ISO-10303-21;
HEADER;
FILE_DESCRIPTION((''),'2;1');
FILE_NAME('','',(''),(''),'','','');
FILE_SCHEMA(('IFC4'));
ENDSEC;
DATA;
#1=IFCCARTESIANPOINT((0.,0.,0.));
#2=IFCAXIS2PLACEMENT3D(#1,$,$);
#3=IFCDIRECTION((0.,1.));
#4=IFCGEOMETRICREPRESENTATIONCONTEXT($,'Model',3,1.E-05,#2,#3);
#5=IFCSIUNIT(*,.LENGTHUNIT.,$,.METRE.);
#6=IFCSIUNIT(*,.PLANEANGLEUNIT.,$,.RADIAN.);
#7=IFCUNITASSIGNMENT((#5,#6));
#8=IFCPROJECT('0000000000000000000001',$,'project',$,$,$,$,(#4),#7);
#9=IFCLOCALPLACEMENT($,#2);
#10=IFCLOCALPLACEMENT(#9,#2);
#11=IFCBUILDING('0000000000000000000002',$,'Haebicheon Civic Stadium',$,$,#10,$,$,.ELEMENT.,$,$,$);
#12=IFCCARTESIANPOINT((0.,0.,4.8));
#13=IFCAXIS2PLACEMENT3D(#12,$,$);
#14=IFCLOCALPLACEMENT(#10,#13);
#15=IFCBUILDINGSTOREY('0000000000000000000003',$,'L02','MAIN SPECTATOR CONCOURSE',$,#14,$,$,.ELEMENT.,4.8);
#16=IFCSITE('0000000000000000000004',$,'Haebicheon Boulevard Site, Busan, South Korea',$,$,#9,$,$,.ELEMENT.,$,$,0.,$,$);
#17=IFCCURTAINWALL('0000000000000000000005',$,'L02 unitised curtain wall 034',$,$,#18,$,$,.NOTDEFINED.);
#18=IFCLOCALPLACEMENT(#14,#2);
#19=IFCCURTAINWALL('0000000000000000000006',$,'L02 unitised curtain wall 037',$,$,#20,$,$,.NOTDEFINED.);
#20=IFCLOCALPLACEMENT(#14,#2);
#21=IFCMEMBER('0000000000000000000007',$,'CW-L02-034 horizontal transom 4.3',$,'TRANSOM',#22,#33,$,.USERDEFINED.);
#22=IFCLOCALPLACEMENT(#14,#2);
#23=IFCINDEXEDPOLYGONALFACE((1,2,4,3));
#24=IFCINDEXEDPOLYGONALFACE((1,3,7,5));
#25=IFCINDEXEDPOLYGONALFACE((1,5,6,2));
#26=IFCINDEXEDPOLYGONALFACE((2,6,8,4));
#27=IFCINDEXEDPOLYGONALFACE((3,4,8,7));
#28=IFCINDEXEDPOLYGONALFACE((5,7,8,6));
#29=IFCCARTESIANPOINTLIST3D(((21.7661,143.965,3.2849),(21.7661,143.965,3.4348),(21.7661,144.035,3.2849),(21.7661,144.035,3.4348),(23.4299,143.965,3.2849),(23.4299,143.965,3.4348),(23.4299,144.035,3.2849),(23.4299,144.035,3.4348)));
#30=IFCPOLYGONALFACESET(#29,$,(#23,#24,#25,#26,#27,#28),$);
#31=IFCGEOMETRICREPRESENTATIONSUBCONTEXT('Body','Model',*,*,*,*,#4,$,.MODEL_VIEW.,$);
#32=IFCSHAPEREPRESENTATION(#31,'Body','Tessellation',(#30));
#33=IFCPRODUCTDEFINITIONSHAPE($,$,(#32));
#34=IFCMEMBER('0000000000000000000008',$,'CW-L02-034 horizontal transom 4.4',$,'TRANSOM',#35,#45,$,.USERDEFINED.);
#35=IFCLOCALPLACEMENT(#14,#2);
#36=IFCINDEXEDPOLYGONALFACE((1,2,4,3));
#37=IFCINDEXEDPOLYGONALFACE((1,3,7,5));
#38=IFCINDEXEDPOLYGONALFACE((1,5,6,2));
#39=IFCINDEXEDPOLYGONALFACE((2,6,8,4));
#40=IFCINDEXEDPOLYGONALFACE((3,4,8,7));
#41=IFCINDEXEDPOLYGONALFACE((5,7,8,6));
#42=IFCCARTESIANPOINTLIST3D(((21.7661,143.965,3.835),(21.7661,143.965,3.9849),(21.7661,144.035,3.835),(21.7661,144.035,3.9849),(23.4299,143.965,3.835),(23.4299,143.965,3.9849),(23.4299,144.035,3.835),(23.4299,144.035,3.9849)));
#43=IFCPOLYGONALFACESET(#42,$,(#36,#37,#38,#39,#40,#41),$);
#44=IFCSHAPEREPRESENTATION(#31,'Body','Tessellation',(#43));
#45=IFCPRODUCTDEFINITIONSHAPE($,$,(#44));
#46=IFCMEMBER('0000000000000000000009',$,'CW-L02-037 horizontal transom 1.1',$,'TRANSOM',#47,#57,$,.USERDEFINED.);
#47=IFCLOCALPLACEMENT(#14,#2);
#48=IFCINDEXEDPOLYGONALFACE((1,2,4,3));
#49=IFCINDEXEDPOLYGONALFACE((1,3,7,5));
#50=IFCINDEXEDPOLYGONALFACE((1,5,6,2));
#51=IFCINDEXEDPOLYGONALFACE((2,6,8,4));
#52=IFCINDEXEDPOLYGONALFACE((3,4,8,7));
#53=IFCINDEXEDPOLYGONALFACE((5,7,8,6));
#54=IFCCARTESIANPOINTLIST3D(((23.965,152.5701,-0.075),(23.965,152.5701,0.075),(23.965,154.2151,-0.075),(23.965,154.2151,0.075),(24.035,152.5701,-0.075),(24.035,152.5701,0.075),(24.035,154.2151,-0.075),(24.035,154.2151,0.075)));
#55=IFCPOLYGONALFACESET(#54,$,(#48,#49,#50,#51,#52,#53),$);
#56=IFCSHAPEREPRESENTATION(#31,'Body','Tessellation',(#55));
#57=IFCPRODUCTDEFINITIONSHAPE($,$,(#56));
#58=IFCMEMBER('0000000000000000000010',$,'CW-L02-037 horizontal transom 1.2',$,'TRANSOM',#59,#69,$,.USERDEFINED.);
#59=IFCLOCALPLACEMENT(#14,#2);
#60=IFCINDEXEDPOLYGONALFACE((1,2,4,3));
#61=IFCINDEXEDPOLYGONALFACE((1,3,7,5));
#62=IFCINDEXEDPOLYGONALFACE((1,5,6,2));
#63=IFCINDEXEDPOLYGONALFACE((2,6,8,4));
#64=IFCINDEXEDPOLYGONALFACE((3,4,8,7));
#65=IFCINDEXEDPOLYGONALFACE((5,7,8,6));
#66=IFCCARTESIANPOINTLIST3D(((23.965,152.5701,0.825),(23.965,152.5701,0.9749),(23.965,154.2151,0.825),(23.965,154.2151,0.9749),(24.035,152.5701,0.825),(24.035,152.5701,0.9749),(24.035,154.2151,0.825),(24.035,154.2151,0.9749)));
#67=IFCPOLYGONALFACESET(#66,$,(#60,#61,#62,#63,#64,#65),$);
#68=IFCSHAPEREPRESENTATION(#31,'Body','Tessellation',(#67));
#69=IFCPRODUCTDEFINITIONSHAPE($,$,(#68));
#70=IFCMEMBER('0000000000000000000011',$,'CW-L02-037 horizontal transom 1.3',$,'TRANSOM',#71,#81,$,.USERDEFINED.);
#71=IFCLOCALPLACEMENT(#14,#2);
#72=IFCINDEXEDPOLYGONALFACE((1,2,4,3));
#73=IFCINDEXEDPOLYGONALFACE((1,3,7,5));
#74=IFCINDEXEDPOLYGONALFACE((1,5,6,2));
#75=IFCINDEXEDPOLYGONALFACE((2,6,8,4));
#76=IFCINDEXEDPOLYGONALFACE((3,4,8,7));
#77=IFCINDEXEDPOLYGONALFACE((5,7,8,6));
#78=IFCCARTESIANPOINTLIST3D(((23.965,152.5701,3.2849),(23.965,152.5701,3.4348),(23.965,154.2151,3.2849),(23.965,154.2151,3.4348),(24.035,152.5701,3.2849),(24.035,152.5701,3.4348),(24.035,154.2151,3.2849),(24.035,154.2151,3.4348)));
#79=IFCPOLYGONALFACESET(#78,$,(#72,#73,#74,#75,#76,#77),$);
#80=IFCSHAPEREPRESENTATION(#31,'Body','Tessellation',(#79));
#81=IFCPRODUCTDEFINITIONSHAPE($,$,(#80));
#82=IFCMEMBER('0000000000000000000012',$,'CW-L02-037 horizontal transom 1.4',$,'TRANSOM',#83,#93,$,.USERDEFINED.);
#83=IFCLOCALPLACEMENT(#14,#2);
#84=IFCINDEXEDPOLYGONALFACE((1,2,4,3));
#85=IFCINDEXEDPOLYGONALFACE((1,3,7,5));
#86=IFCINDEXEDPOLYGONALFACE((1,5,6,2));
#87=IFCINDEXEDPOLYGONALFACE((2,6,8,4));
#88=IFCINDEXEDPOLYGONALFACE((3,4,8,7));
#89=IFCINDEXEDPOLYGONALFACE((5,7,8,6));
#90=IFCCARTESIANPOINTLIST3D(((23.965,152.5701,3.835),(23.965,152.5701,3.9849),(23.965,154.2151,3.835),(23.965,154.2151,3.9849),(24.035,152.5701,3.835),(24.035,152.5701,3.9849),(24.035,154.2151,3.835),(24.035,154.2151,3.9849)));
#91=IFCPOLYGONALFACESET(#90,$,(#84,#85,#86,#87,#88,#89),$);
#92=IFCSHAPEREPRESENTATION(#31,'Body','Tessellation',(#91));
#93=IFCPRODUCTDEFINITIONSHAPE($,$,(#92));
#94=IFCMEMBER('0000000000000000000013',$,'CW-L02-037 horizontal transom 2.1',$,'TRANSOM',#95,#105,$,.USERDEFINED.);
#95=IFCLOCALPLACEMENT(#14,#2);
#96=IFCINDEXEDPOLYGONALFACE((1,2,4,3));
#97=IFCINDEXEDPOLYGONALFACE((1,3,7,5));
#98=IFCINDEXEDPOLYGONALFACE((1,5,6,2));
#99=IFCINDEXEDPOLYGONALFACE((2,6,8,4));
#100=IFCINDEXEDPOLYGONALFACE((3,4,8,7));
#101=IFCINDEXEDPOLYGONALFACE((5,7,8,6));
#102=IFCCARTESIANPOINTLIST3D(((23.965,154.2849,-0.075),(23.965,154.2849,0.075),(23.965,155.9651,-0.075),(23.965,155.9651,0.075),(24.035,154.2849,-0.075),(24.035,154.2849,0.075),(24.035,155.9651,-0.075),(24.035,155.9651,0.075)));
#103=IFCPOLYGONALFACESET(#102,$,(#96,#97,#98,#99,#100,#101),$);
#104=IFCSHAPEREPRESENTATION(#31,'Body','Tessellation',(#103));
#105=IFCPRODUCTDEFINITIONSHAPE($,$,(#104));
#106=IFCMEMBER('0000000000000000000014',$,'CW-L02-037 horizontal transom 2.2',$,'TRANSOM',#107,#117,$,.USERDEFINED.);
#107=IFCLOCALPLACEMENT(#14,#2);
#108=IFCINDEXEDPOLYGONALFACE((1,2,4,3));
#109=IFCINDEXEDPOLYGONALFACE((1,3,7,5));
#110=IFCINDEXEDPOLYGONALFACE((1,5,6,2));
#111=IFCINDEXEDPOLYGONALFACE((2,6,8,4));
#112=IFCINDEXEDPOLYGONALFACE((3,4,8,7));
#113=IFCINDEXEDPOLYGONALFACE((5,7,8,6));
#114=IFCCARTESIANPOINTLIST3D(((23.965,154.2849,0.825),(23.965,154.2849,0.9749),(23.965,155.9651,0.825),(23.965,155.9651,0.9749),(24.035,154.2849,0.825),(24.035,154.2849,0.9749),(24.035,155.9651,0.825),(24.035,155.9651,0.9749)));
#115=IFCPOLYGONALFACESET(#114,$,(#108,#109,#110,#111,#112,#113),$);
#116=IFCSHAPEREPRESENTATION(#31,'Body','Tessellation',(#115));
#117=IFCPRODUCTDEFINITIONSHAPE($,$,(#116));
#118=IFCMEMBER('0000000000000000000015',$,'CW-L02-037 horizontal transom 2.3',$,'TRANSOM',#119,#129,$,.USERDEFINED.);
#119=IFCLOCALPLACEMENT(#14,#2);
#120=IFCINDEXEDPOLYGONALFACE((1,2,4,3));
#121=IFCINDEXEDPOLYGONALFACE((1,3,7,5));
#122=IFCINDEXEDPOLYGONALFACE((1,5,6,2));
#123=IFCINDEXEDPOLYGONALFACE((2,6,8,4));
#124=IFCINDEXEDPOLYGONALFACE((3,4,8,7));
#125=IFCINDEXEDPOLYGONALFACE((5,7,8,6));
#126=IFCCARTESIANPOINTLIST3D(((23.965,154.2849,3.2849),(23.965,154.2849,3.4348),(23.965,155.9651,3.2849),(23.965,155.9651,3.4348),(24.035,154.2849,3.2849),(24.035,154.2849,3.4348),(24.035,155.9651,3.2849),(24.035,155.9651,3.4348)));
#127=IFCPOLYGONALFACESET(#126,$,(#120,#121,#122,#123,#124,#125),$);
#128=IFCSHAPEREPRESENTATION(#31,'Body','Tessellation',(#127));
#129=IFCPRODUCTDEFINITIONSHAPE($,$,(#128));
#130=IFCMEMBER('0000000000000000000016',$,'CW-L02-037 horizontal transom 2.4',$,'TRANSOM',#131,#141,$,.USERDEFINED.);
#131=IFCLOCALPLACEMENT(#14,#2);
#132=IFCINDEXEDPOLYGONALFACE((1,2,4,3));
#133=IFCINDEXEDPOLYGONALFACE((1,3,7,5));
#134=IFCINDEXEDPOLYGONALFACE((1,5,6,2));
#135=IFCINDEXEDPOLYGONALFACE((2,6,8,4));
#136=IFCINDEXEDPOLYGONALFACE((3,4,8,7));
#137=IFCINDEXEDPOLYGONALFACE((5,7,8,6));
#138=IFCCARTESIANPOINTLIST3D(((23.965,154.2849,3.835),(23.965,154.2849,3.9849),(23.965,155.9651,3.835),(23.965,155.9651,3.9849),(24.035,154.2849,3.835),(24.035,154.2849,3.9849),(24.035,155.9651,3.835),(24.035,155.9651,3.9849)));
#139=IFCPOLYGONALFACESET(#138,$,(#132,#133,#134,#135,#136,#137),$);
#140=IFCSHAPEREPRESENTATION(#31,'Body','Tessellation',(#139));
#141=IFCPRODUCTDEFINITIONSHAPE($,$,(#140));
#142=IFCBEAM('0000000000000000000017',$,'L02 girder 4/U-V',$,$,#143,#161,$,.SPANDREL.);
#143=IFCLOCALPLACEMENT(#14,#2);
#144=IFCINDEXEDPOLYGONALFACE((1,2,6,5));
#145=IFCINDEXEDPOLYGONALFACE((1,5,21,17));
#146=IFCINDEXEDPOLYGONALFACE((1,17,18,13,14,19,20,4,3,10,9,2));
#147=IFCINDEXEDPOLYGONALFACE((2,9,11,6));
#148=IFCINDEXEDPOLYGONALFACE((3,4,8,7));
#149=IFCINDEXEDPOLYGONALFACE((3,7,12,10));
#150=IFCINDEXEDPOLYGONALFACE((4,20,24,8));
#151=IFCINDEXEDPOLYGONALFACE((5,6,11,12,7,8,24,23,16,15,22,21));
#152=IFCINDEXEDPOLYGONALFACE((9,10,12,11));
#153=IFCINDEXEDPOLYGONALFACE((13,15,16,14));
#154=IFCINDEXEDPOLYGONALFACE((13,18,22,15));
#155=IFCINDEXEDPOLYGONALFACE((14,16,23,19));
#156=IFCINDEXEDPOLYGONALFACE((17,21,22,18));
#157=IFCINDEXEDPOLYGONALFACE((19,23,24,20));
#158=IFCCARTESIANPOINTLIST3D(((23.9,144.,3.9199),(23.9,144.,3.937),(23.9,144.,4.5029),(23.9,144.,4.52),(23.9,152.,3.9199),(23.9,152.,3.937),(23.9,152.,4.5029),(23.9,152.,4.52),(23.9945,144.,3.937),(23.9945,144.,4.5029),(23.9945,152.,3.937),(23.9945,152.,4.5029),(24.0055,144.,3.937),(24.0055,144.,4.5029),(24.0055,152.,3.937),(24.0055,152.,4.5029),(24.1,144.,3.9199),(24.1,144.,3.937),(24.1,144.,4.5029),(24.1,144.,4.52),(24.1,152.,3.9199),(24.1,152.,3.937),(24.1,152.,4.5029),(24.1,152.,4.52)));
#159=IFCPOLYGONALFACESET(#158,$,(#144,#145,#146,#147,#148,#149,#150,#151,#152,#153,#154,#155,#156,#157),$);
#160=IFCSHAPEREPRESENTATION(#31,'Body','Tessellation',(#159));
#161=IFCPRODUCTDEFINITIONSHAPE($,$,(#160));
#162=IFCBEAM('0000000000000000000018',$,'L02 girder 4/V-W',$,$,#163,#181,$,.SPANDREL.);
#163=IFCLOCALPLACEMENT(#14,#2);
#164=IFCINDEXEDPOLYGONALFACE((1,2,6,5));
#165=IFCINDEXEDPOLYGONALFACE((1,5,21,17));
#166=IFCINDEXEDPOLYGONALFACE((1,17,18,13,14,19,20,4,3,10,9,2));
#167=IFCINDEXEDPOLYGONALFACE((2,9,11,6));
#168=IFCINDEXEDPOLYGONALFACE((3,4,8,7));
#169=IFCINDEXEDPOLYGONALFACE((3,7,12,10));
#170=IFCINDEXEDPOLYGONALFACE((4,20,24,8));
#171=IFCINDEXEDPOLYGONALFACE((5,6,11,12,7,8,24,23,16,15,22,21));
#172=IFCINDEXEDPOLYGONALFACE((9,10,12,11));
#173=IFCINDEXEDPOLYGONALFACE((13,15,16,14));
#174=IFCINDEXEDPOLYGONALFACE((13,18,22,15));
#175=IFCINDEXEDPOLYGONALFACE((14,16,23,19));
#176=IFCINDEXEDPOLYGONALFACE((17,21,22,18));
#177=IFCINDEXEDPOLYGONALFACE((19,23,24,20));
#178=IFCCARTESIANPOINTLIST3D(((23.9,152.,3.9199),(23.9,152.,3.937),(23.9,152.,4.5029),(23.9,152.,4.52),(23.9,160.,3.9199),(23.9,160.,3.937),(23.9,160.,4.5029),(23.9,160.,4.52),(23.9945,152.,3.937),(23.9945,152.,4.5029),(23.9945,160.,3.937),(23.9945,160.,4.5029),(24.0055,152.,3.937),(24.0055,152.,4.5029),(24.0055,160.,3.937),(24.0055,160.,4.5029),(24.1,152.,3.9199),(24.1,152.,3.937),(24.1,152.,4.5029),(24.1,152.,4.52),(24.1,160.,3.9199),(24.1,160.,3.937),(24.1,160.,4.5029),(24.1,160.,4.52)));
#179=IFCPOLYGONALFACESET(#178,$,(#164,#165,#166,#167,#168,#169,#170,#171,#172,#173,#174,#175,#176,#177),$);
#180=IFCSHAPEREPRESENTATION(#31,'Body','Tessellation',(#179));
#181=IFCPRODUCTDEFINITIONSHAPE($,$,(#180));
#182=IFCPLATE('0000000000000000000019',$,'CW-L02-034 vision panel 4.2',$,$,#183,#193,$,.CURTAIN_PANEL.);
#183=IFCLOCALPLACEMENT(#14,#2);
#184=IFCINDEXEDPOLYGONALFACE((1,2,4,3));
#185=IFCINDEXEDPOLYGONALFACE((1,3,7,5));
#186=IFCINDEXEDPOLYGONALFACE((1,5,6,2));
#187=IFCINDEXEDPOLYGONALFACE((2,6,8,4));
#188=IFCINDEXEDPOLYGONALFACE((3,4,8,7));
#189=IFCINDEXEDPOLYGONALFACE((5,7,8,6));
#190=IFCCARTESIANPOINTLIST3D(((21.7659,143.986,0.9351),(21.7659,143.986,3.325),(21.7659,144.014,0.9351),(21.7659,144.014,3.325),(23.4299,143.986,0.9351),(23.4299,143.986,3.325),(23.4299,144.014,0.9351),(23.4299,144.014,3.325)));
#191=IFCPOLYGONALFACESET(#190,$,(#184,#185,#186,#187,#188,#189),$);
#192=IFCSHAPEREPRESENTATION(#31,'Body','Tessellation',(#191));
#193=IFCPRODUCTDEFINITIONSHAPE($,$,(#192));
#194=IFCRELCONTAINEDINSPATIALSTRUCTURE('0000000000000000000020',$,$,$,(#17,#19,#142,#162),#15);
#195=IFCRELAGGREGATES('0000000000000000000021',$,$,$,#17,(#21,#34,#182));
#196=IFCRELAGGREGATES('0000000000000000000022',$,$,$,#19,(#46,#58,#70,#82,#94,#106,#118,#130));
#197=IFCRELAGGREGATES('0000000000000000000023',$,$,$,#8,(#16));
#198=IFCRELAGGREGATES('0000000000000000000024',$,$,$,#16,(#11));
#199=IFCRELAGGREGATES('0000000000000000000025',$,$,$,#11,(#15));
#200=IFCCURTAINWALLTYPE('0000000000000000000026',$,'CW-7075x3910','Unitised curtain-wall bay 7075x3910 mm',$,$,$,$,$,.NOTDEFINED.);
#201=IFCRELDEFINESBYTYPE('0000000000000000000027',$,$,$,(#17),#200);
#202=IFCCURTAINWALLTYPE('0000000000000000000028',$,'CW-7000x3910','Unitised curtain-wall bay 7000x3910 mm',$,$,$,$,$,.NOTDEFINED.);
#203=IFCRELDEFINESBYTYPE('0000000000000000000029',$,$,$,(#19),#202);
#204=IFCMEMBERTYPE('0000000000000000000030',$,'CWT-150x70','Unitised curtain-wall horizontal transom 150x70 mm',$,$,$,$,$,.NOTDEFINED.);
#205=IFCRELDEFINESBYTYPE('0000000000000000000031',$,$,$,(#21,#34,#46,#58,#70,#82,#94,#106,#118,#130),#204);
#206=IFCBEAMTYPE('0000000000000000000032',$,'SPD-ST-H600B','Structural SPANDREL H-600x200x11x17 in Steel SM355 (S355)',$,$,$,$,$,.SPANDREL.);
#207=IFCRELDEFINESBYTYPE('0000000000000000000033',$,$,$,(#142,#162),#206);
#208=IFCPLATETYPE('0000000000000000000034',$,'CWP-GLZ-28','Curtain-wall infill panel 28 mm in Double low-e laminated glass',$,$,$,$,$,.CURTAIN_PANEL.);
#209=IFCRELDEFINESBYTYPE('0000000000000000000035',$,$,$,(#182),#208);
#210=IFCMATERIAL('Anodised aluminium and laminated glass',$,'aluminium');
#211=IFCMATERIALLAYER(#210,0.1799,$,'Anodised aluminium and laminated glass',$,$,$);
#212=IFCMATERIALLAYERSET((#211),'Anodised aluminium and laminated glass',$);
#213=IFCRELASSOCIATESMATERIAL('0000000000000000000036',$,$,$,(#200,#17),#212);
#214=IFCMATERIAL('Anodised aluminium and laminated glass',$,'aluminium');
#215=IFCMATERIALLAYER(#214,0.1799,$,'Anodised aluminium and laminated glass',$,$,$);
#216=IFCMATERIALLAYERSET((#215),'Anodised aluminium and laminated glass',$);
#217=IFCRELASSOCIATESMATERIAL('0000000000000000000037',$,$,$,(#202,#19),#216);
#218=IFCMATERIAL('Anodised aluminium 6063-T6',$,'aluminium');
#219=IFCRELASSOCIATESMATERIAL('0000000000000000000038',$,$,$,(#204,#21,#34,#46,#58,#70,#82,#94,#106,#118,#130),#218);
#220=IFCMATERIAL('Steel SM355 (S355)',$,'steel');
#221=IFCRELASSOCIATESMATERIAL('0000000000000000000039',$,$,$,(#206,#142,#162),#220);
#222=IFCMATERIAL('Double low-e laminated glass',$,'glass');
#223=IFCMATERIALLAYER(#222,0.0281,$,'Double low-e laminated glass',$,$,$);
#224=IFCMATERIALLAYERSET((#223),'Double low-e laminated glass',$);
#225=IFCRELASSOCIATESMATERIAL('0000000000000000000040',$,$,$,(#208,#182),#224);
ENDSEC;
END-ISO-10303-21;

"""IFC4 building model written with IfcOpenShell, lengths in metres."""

from ifc_helpers import new_model, si_unit, direction, frame, origin, origin_2d, place, context, subcontext, project, spatial, rectangle, i_section, extrude, material, layer, layer_set, material_profile, profile_set, type_object, element, aggregate, save


model = new_model("IFC4")

# Units and contexts
model_context = context("Model", 3, precision=1e-05, world=origin(), true_north=direction((0.0, 1.0)))
body_context = subcontext(model_context, "Body", "Model", "MODEL_VIEW")
ifc_project = project(units=[si_unit("LENGTHUNIT", "METRE"), si_unit("PLANEANGLEUNIT", "RADIAN")], contexts=[model_context])

# Site, building, storey
site_placement = place(None, origin())
site = spatial("IfcSite", under=ifc_project, at=site_placement, Name="Haebicheon Boulevard Site, Busan, South Korea", CompositionType="ELEMENT", RefElevation=0.0)
building_placement = place(site_placement, origin())
building = spatial("IfcBuilding", under=site, at=building_placement, Name="Haebicheon Civic Stadium", CompositionType="ELEMENT")
storey_placement = place(building_placement, frame((0.0, 0.0, 4.8)))
storey = spatial("IfcBuildingStorey", under=building, at=storey_placement, Name="L02", Description="MAIN SPECTATOR CONCOURSE", CompositionType="ELEMENT", Elevation=4.8)

# Curtain walls
ifc_material_1 = material(Name="Anodised aluminium and laminated glass", Category="aluminium")
ifc_layer_1 = layer(ifc_material_1, 0.1799, Name="Anodised aluminium and laminated glass")
ifc_layer_set_1 = layer_set([ifc_layer_1], Name="Anodised aluminium and laminated glass")
curtain_wall_type_1 = type_object("IfcCurtainWallType", Name="CW-7075x3910", Description="Unitised curtain-wall bay 7075x3910 mm", PredefinedType="NOTDEFINED", material=ifc_layer_set_1)
curtain_wall_1_placement = place(storey_placement, origin())
curtain_wall_1 = element("IfcCurtainWall", 1, at=curtain_wall_1_placement, inside=storey, type_object=curtain_wall_type_1, material=ifc_layer_set_1, Name="L02 unitised curtain wall 034", PredefinedType="NOTDEFINED")
ifc_material_2 = material(Name="Anodised aluminium and laminated glass", Category="aluminium")
ifc_layer_2 = layer(ifc_material_2, 0.1799, Name="Anodised aluminium and laminated glass")
ifc_layer_set_2 = layer_set([ifc_layer_2], Name="Anodised aluminium and laminated glass")
curtain_wall_type_2 = type_object("IfcCurtainWallType", Name="CW-7000x3910", Description="Unitised curtain-wall bay 7000x3910 mm", PredefinedType="NOTDEFINED", material=ifc_layer_set_2)
curtain_wall_2_placement = place(storey_placement, origin())
curtain_wall_2 = element("IfcCurtainWall", 2, at=curtain_wall_2_placement, inside=storey, type_object=curtain_wall_type_2, material=ifc_layer_set_2, Name="L02 unitised curtain wall 037", PredefinedType="NOTDEFINED")

# Members
ifc_material_3 = material(Name="Anodised aluminium 6063-T6", Category="aluminium")
ifc_material_profile_1 = material_profile(ifc_material_3, rectangle(XDim=0.0701, YDim=0.1499, at=origin_2d()), Name="ALU-TRAN-70x150")
ifc_profile_set_1 = profile_set([ifc_material_profile_1], Name="Anodised aluminium 6063-T6")
member_type_1 = type_object("IfcMemberType", Name="CWT-150x70", Description="Unitised curtain-wall horizontal transom 150x70 mm", PredefinedType="NOTDEFINED", material=ifc_profile_set_1)
member_1_placement = place(storey_placement, frame((21.7661, 144.0, 3.3599), z_axis=(1.0, 0.0, 0.0), x_axis=(0.0, 1.0, 0.0)))
member_1 = element("IfcMember", 3, at=member_1_placement, type_object=member_type_1, material=ifc_profile_set_1, Name="CW-L02-034 horizontal transom 4.3", ObjectType="TRANSOM", PredefinedType="USERDEFINED", context=body_context, shape_type="SweptSolid", body=[
    extrude(rectangle(XDim=0.0701, YDim=0.1499, at=origin_2d()), origin(), (0.0, 0.0, 1.0), 1.6638),
])
member_2_placement = place(storey_placement, frame((21.7661, 144.0, 3.9099), z_axis=(1.0, 0.0, 0.0), x_axis=(0.0, 1.0, 0.0)))
member_2 = element("IfcMember", 4, at=member_2_placement, type_object=member_type_1, material=ifc_profile_set_1, Name="CW-L02-034 horizontal transom 4.4", ObjectType="TRANSOM", PredefinedType="USERDEFINED", context=body_context, shape_type="SweptSolid", body=[
    extrude(rectangle(XDim=0.0701, YDim=0.1499, at=origin_2d()), origin(), (0.0, 0.0, 1.0), 1.6638),
])
member_3_placement = place(storey_placement, frame((24.0, 152.5701, 0.0), z_axis=(0.0, 1.0, 0.0), x_axis=(-1.0, 0.0, 0.0)))
member_3 = element("IfcMember", 5, at=member_3_placement, type_object=member_type_1, material=ifc_profile_set_1, Name="CW-L02-037 horizontal transom 1.1", ObjectType="TRANSOM", PredefinedType="USERDEFINED", context=body_context, shape_type="SweptSolid", body=[
    extrude(rectangle(XDim=0.0701, YDim=0.1499, at=origin_2d()), origin(), (0.0, 0.0, 1.0), 1.645),
])
member_4_placement = place(storey_placement, frame((24.0, 152.5701, 0.8999), z_axis=(0.0, 1.0, 0.0), x_axis=(-1.0, 0.0, 0.0)))
member_4 = element("IfcMember", 6, at=member_4_placement, type_object=member_type_1, material=ifc_profile_set_1, Name="CW-L02-037 horizontal transom 1.2", ObjectType="TRANSOM", PredefinedType="USERDEFINED", context=body_context, shape_type="SweptSolid", body=[
    extrude(rectangle(XDim=0.0701, YDim=0.1499, at=origin_2d()), origin(), (0.0, 0.0, 1.0), 1.645),
])
member_5_placement = place(storey_placement, frame((24.0, 152.5701, 3.3599), z_axis=(0.0, 1.0, 0.0), x_axis=(-1.0, 0.0, 0.0)))
member_5 = element("IfcMember", 7, at=member_5_placement, type_object=member_type_1, material=ifc_profile_set_1, Name="CW-L02-037 horizontal transom 1.3", ObjectType="TRANSOM", PredefinedType="USERDEFINED", context=body_context, shape_type="SweptSolid", body=[
    extrude(rectangle(XDim=0.0701, YDim=0.1499, at=origin_2d()), origin(), (0.0, 0.0, 1.0), 1.645),
])
member_6_placement = place(storey_placement, frame((24.0, 152.5701, 3.9099), z_axis=(0.0, 1.0, 0.0), x_axis=(-1.0, 0.0, 0.0)))
member_6 = element("IfcMember", 8, at=member_6_placement, type_object=member_type_1, material=ifc_profile_set_1, Name="CW-L02-037 horizontal transom 1.4", ObjectType="TRANSOM", PredefinedType="USERDEFINED", context=body_context, shape_type="SweptSolid", body=[
    extrude(rectangle(XDim=0.0701, YDim=0.1499, at=origin_2d()), origin(), (0.0, 0.0, 1.0), 1.645),
])
member_7_placement = place(storey_placement, frame((24.0, 154.2849, 0.0), z_axis=(0.0, 1.0, 0.0), x_axis=(-1.0, 0.0, 0.0)))
member_7 = element("IfcMember", 9, at=member_7_placement, type_object=member_type_1, material=ifc_profile_set_1, Name="CW-L02-037 horizontal transom 2.1", ObjectType="TRANSOM", PredefinedType="USERDEFINED", context=body_context, shape_type="SweptSolid", body=[
    extrude(rectangle(XDim=0.0701, YDim=0.1499, at=origin_2d()), origin(), (0.0, 0.0, 1.0), 1.6802),
])
member_8_placement = place(storey_placement, frame((24.0, 154.2849, 0.8999), z_axis=(0.0, 1.0, 0.0), x_axis=(-1.0, 0.0, 0.0)))
member_8 = element("IfcMember", 10, at=member_8_placement, type_object=member_type_1, material=ifc_profile_set_1, Name="CW-L02-037 horizontal transom 2.2", ObjectType="TRANSOM", PredefinedType="USERDEFINED", context=body_context, shape_type="SweptSolid", body=[
    extrude(rectangle(XDim=0.0701, YDim=0.1499, at=origin_2d()), origin(), (0.0, 0.0, 1.0), 1.6802),
])
member_9_placement = place(storey_placement, frame((24.0, 154.2849, 3.3599), z_axis=(0.0, 1.0, 0.0), x_axis=(-1.0, 0.0, 0.0)))
member_9 = element("IfcMember", 11, at=member_9_placement, type_object=member_type_1, material=ifc_profile_set_1, Name="CW-L02-037 horizontal transom 2.3", ObjectType="TRANSOM", PredefinedType="USERDEFINED", context=body_context, shape_type="SweptSolid", body=[
    extrude(rectangle(XDim=0.0701, YDim=0.1499, at=origin_2d()), origin(), (0.0, 0.0, 1.0), 1.6802),
])
member_10_placement = place(storey_placement, frame((24.0, 154.2849, 3.9099), z_axis=(0.0, 1.0, 0.0), x_axis=(-1.0, 0.0, 0.0)))
member_10 = element("IfcMember", 12, at=member_10_placement, type_object=member_type_1, material=ifc_profile_set_1, Name="CW-L02-037 horizontal transom 2.4", ObjectType="TRANSOM", PredefinedType="USERDEFINED", context=body_context, shape_type="SweptSolid", body=[
    extrude(rectangle(XDim=0.0701, YDim=0.1499, at=origin_2d()), origin(), (0.0, 0.0, 1.0), 1.6802),
])

# Beams
ifc_material_4 = material(Name="Steel SM355 (S355)", Category="steel")
ifc_material_profile_2 = material_profile(ifc_material_4, i_section(OverallWidth=0.2, OverallDepth=0.6001, WebThickness=0.011, FlangeThickness=0.0171, at=origin_2d()), Name="H-600x200x11x17")
ifc_profile_set_2 = profile_set([ifc_material_profile_2], Name="Steel SM355 (S355)")
beam_type_1 = type_object("IfcBeamType", Name="SPD-ST-H600B", Description="Structural SPANDREL H-600x200x11x17 in Steel SM355 (S355)", PredefinedType="SPANDREL", material=ifc_profile_set_2)
for number, where, z_axis, x_axis, name in (
    (13, (24.0, 144.0, 4.22), (0.0, 1.0, 0.0), (-1.0, 0.0, 0.0), "L02 girder 4/U-V"),
    (14, (24.0, 152.0, 4.22), (0.0, 1.0, 0.0), (-1.0, 0.0, 0.0), "L02 girder 4/V-W"),
):
    element("IfcBeam", number, at=place(storey_placement, frame(where, z_axis=z_axis, x_axis=x_axis)), inside=storey, type_object=beam_type_1, material=ifc_profile_set_2, Name=name, PredefinedType="SPANDREL", context=body_context, shape_type="SweptSolid", body=[
        extrude(i_section(OverallWidth=0.2, OverallDepth=0.6001, WebThickness=0.011, FlangeThickness=0.0171, at=origin_2d()), origin(), (0.0, 0.0, 1.0), 8.0),
    ])

# Plate
ifc_material_5 = material(Name="Double low-e laminated glass", Category="glass")
ifc_layer_3 = layer(ifc_material_5, 0.0281, Name="Double low-e laminated glass")
ifc_layer_set_3 = layer_set([ifc_layer_3], Name="Double low-e laminated glass")
plate_type_1 = type_object("IfcPlateType", Name="CWP-GLZ-28", Description="Curtain-wall infill panel 28 mm in Double low-e laminated glass", PredefinedType="CURTAIN_PANEL", material=ifc_layer_set_3)
plate_1_placement = place(storey_placement, frame((22.5979, 144.0, 0.9351), z_axis=(0.0, 0.0, 1.0), x_axis=(1.0, 0.0, 0.0)))
plate_1 = element("IfcPlate", 15, at=plate_1_placement, type_object=plate_type_1, material=ifc_layer_set_3, Name="CW-L02-034 vision panel 4.2", PredefinedType="CURTAIN_PANEL", context=body_context, shape_type="SweptSolid", body=[
    extrude(rectangle(XDim=1.6641, YDim=0.0281, at=origin_2d()), origin(), (0.0, 0.0, 1.0), 2.3899),
])
aggregate(curtain_wall_1, [member_1, member_2, plate_1])
aggregate(curtain_wall_2, [member_3, member_4, member_5, member_6, member_7, member_8, member_9, member_10])

save(model, "model.ifc")
